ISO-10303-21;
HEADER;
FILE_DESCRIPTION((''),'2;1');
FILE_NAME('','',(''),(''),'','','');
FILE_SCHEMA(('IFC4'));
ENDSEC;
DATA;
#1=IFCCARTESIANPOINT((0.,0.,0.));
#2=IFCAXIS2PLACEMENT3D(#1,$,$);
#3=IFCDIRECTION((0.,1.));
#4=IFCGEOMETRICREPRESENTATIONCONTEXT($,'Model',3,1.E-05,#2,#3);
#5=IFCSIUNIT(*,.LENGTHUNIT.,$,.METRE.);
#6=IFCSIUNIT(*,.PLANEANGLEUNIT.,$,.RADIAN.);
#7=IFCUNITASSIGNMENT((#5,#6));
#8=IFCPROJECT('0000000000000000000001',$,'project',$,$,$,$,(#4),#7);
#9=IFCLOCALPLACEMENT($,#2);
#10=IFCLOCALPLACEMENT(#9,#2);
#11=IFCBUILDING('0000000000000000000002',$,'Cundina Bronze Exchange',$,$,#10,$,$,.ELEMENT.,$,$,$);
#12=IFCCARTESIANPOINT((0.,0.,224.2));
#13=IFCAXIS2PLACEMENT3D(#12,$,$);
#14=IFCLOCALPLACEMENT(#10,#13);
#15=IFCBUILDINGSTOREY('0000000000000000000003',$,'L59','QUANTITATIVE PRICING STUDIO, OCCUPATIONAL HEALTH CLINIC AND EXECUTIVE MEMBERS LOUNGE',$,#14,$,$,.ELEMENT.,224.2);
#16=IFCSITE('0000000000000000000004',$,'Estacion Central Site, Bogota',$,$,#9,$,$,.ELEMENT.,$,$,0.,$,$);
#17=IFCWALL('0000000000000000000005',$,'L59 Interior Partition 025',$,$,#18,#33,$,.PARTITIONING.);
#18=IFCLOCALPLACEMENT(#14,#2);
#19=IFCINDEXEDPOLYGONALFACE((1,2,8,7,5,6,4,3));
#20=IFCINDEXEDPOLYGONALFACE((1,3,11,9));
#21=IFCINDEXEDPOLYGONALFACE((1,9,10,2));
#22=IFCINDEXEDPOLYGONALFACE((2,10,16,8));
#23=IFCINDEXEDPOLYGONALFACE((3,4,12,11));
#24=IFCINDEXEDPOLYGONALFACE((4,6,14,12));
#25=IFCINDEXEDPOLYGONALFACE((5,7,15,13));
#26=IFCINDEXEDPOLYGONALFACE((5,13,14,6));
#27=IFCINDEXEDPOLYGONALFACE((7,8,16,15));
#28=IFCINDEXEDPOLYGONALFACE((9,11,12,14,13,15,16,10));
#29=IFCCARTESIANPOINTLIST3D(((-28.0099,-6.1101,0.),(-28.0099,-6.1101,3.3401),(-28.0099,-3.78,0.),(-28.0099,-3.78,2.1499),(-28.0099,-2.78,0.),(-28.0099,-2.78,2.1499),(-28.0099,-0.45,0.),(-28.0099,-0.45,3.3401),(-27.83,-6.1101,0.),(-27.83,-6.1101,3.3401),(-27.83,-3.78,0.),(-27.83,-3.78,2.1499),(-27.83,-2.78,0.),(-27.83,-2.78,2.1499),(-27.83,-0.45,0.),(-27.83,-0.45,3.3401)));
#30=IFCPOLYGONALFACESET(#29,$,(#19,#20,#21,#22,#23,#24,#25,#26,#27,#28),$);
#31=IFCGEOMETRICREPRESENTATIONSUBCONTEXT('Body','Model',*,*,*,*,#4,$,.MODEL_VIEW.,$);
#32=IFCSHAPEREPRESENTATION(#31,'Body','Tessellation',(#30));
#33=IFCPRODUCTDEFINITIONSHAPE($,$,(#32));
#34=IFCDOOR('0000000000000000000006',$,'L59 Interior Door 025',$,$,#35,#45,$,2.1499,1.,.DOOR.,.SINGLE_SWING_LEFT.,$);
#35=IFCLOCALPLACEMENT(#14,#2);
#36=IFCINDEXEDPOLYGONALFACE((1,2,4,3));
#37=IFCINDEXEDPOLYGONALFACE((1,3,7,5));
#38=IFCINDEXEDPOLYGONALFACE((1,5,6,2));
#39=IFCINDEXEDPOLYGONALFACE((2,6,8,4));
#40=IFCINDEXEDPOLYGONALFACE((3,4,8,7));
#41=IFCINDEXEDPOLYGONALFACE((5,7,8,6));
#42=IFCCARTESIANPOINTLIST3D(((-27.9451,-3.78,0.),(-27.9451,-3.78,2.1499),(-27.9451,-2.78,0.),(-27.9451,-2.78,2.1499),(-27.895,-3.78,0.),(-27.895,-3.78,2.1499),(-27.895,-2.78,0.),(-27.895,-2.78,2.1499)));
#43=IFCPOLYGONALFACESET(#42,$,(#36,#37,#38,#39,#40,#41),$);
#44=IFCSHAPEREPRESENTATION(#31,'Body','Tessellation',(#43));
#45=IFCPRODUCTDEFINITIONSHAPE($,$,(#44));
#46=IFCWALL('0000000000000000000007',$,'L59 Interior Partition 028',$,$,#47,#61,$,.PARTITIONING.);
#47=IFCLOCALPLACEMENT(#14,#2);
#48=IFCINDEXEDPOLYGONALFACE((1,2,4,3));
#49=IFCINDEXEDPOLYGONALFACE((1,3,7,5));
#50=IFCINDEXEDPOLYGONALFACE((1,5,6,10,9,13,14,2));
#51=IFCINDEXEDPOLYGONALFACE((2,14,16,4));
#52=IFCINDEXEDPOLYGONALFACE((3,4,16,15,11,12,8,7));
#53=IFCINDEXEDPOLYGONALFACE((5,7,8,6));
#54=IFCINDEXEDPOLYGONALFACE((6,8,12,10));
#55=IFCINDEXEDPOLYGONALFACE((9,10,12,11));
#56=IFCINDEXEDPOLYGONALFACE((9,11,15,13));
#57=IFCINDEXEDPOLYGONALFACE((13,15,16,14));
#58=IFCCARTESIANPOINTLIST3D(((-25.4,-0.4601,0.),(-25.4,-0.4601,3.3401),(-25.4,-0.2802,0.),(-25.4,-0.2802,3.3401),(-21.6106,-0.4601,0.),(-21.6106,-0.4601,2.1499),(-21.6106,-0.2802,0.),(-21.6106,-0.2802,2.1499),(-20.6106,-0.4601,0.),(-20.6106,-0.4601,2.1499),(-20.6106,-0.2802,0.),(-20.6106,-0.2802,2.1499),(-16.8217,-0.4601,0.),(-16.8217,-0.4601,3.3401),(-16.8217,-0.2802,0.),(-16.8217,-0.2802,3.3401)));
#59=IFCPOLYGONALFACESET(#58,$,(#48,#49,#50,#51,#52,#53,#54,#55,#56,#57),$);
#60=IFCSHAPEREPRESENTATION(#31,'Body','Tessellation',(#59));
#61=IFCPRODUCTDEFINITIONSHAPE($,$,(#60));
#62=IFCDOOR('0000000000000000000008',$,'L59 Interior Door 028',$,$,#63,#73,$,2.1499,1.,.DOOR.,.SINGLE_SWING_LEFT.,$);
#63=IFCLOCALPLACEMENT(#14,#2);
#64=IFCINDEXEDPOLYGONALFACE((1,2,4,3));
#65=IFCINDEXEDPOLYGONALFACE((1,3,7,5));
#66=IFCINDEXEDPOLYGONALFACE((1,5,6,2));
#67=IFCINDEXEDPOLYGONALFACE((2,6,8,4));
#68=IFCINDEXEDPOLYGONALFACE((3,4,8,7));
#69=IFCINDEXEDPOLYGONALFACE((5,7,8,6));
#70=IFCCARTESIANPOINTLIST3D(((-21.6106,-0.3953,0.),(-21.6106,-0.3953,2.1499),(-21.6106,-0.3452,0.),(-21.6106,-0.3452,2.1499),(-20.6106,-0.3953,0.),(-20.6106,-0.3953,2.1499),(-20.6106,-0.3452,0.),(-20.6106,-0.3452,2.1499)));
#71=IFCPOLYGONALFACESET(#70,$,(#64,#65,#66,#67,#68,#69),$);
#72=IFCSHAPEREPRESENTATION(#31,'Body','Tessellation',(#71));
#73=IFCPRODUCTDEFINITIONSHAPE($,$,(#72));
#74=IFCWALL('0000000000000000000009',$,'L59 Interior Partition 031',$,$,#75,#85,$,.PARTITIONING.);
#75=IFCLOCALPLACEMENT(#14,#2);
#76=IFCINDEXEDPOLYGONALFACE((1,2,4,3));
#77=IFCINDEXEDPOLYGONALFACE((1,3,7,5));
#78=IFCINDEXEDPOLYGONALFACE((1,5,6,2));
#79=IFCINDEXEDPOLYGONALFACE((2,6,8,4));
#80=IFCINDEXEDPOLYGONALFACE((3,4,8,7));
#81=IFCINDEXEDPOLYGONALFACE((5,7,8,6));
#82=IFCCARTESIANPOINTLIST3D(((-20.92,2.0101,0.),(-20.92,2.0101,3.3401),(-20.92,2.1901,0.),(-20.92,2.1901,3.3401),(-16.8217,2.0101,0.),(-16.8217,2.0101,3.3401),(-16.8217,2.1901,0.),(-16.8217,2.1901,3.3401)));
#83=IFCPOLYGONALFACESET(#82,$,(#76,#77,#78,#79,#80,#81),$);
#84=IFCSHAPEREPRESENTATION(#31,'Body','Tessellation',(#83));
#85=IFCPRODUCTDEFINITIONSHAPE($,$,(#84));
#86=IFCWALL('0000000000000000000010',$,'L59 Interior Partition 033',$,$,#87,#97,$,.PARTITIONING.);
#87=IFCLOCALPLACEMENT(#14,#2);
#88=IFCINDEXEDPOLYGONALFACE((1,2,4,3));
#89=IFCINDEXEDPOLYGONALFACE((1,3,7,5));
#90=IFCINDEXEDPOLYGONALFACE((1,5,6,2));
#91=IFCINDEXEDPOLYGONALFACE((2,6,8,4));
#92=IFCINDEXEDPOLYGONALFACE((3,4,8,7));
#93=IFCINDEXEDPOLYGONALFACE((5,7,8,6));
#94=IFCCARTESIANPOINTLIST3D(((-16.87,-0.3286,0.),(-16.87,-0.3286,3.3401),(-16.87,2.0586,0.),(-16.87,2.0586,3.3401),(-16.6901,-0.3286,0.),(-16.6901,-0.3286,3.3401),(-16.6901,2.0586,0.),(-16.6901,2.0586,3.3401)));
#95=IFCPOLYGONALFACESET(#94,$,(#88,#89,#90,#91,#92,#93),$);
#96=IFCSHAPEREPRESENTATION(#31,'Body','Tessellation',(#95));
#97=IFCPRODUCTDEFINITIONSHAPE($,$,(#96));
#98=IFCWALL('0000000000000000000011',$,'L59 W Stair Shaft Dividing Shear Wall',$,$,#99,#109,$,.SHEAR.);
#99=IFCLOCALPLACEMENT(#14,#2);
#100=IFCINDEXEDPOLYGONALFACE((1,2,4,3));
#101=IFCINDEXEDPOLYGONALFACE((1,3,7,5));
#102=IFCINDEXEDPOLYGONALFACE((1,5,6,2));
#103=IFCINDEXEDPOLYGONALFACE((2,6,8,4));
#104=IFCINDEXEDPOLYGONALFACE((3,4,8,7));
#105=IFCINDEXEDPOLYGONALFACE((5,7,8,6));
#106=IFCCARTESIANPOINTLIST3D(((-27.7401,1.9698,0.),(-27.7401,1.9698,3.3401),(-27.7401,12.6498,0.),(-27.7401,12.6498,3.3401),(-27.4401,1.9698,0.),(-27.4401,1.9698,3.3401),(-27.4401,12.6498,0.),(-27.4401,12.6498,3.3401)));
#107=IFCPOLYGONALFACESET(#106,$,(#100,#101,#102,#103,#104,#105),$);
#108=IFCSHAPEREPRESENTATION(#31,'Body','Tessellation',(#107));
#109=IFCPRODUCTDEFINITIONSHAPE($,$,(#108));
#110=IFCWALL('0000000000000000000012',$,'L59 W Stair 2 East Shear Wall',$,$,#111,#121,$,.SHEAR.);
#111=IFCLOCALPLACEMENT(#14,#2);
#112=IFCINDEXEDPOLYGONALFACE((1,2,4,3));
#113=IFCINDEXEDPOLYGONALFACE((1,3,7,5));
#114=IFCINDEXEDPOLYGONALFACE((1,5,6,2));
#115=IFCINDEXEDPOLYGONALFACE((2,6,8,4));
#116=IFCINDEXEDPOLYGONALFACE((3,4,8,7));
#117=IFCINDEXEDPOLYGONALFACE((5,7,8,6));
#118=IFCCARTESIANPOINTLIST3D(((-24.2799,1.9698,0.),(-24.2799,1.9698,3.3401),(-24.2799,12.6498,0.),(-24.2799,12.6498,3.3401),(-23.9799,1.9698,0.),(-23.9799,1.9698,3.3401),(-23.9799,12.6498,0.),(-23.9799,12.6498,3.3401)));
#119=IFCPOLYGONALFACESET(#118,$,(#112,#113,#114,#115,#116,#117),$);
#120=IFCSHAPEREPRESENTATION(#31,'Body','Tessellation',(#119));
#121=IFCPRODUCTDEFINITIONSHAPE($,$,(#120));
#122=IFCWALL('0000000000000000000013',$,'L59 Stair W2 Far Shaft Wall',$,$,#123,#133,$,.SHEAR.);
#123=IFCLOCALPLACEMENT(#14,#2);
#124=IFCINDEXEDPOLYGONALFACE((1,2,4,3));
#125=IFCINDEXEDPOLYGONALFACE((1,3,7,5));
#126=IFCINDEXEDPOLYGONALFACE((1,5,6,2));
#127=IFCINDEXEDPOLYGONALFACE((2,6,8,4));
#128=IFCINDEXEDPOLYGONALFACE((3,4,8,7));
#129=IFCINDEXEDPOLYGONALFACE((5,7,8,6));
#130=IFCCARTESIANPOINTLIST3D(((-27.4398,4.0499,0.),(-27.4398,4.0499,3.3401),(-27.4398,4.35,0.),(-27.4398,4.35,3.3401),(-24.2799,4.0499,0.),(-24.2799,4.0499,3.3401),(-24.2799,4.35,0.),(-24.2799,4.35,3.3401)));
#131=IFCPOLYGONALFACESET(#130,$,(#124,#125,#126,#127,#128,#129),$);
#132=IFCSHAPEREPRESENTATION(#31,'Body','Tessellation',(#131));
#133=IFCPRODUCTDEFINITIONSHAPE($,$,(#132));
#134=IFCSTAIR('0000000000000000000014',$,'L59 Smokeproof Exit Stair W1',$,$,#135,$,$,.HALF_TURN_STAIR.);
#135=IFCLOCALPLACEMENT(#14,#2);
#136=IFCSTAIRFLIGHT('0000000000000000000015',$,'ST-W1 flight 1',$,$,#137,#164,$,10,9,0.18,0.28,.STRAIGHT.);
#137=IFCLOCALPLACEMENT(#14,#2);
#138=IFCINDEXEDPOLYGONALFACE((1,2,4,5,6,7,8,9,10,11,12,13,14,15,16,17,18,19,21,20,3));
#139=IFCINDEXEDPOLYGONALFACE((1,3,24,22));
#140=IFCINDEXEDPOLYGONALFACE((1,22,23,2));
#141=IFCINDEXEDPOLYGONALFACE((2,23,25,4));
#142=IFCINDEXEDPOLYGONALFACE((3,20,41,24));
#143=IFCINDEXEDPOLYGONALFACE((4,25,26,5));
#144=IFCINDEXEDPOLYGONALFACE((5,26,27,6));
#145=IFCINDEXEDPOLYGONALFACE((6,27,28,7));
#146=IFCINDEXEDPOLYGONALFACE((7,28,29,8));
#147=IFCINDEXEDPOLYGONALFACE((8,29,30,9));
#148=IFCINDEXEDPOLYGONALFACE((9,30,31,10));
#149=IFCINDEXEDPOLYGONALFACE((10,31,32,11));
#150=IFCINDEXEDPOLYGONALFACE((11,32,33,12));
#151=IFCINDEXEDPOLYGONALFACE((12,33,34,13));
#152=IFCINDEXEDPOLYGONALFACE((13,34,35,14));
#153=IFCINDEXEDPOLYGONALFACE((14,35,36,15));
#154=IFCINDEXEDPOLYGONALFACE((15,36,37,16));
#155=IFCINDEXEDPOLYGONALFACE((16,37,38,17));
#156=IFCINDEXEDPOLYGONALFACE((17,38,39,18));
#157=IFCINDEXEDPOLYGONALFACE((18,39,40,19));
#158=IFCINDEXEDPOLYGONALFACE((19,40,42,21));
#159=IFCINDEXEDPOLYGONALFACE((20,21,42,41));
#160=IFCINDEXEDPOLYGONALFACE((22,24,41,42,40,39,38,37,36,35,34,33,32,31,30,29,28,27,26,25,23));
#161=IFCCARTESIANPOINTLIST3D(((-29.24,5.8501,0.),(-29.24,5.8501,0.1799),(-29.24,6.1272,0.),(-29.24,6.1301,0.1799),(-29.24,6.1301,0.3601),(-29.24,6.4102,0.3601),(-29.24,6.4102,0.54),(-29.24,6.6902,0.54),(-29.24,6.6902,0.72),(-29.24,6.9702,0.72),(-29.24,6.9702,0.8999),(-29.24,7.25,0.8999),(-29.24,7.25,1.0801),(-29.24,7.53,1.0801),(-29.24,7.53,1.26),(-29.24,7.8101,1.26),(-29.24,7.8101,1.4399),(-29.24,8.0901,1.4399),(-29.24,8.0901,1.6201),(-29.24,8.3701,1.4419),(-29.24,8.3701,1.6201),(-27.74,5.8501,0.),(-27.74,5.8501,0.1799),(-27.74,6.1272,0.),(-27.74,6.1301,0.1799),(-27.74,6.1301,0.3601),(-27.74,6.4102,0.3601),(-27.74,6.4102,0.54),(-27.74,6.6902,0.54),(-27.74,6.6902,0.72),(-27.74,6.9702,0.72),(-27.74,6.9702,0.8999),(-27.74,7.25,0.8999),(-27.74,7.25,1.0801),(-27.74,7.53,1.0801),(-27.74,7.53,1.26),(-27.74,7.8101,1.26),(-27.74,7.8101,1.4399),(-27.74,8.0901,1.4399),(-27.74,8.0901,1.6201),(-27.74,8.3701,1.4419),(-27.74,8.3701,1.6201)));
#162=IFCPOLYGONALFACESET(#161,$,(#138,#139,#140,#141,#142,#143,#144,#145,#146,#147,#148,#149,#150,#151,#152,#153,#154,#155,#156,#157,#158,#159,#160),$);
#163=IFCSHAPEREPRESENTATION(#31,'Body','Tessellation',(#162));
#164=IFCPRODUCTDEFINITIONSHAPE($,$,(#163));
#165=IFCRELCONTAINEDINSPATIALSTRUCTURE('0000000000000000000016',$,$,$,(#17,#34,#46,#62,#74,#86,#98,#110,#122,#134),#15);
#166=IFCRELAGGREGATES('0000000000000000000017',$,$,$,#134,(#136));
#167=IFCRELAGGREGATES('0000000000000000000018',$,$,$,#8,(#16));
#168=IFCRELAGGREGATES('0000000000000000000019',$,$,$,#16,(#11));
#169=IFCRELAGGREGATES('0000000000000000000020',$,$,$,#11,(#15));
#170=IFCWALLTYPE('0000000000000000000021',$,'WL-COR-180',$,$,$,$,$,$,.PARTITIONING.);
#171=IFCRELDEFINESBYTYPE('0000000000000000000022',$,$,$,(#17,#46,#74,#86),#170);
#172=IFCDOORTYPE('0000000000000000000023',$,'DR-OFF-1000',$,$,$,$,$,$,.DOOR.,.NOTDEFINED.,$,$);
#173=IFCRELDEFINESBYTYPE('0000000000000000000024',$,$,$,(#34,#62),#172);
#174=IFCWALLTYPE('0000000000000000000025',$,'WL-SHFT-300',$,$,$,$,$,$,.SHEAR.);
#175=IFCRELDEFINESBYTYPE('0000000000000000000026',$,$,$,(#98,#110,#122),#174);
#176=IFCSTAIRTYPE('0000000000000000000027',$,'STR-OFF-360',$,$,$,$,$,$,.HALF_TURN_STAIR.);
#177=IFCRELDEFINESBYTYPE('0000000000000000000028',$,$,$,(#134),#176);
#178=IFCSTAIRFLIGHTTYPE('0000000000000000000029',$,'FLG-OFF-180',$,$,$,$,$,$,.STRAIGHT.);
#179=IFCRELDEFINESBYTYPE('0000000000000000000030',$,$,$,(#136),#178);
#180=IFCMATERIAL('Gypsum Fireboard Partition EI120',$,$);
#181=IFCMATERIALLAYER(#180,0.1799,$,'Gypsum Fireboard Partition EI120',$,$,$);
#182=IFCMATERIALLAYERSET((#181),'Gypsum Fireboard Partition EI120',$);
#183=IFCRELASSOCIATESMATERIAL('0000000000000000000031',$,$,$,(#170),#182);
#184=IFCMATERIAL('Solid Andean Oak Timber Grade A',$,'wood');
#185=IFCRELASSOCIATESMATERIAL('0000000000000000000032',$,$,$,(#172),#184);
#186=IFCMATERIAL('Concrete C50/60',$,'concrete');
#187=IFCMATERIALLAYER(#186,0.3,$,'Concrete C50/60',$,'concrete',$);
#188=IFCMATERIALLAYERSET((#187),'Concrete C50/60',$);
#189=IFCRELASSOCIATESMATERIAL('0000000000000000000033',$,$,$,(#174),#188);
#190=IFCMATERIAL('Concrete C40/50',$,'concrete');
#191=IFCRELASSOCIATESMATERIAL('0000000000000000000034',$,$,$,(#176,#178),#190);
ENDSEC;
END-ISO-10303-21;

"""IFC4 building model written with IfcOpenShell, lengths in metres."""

from ifc_helpers import new_model, si_unit, direction, frame, frame_2d, origin, place, context, subcontext, project, spatial, polyline, rectangle, outline, extrude, material, layer, layer_set, type_object, element, fill, aggregate, save


model = new_model("IFC4")

# Units and contexts
model_context = context("Model", 3, precision=1e-05, world=origin(), true_north=direction((0.0, 1.0)))
body_context = subcontext(model_context, "Body", "Model", "MODEL_VIEW")
ifc_project = project(units=[si_unit("LENGTHUNIT", "METRE"), si_unit("PLANEANGLEUNIT", "RADIAN")], contexts=[model_context])

# Site, building, storey
site_placement = place(None, origin())
site = spatial("IfcSite", under=ifc_project, at=site_placement, Name="Estacion Central Site, Bogota", CompositionType="ELEMENT", RefElevation=0.0)
building_placement = place(site_placement, origin())
building = spatial("IfcBuilding", under=site, at=building_placement, Name="Cundina Bronze Exchange", CompositionType="ELEMENT")
storey_placement = place(building_placement, frame((0.0, 0.0, 224.2)))
storey = spatial("IfcBuildingStorey", under=building, at=storey_placement, Name="L59", Description="QUANTITATIVE PRICING STUDIO, OCCUPATIONAL HEALTH CLINIC AND EXECUTIVE MEMBERS LOUNGE", CompositionType="ELEMENT", Elevation=224.2)

# Shared definitions
ifc_material_1 = material(Name="Concrete C50/60", Category="concrete")

# Shared definitions
ifc_material_2 = material(Name="Gypsum Fireboard Partition EI120")
ifc_layer_1 = layer(ifc_material_2, 0.1799, Name="Gypsum Fireboard Partition EI120")
ifc_layer_set_1 = layer_set([ifc_layer_1], Name="Gypsum Fireboard Partition EI120")
wall_type_1 = type_object("IfcWallType", Name="WL-COR-180", PredefinedType="PARTITIONING", material=ifc_layer_set_1)

# Walls, openings, doors
wall_1_placement = place(storey_placement, frame((-27.9199, -0.45, 0.0), z_axis=(0.0, 0.0, 1.0), x_axis=(0.0, -1.0, 0.0)))
wall_1 = element("IfcWall", 1, at=wall_1_placement, inside=storey, type_object=wall_type_1, Name="L59 Interior Partition 025", PredefinedType="PARTITIONING", context=body_context, shape_type="SweptSolid", body=[
    extrude(rectangle(XDim=5.6602, YDim=0.1799, at=frame_2d((2.8301, 0.0))), origin(), (0.0, 0.0, 1.0), 3.3401),
])
opening_1_placement = place(wall_1_placement, frame((2.3301, 0.0, 0.0)))
opening_1 = element("IfcOpeningElement", 2, at=opening_1_placement, cuts=wall_1, PredefinedType="OPENING", context=body_context, shape_type="SweptSolid", body=[
    extrude(rectangle(XDim=1.0, YDim=2.1499, at=frame_2d((0.5, 1.075))), frame((0.0, 0.0999, 0.0), z_axis=(0.0, -1.0, 0.0), x_axis=(1.0, 0.0, 0.0)), (0.0, 0.0, 1.0), 0.2),
])
ifc_material_3 = material(Name="Solid Andean Oak Timber Grade A", Category="wood")
door_type_1 = type_object("IfcDoorType", Name="DR-OFF-1000", OperationType="NOTDEFINED", PredefinedType="DOOR", material=ifc_material_3)
door_1_placement = place(opening_1_placement, origin())
door_1 = element("IfcDoor", 3, at=door_1_placement, inside=storey, type_object=door_type_1, Name="L59 Interior Door 025", OperationType="SINGLE_SWING_LEFT", OverallHeight=2.1499, OverallWidth=1.0, PredefinedType="DOOR", context=body_context, shape_type="SweptSolid", body=[
    extrude(rectangle(XDim=1.0, YDim=2.1499, at=frame_2d((0.5, 1.075))), frame((0.0, 0.0249, 0.0), z_axis=(0.0, -1.0, 0.0), x_axis=(1.0, 0.0, 0.0)), (0.0, 0.0, 1.0), 0.05),
])
fill(opening_1, door_1)
wall_2_placement = place(storey_placement, frame((-25.3999, -0.3701, 0.0), z_axis=(0.0, 0.0, 1.0), x_axis=(1.0, 0.0, 0.0)))
wall_2 = element("IfcWall", 4, at=wall_2_placement, inside=storey, type_object=wall_type_1, Name="L59 Interior Partition 028", PredefinedType="PARTITIONING", context=body_context, shape_type="SweptSolid", body=[
    extrude(rectangle(XDim=8.5784, YDim=0.1799, at=frame_2d((4.2891, 0.0))), origin(), (0.0, 0.0, 1.0), 3.3401),
])
opening_2_placement = place(wall_2_placement, frame((3.7893, 0.0, 0.0)))
opening_2 = element("IfcOpeningElement", 5, at=opening_2_placement, cuts=wall_2, PredefinedType="OPENING", context=body_context, shape_type="SweptSolid", body=[
    extrude(rectangle(XDim=1.0, YDim=2.1499, at=frame_2d((0.5, 1.075))), frame((0.0, 0.0999, 0.0), z_axis=(0.0, -1.0, 0.0), x_axis=(1.0, 0.0, 0.0)), (0.0, 0.0, 1.0), 0.2),
])
door_2_placement = place(opening_2_placement, origin())
door_2 = element("IfcDoor", 6, at=door_2_placement, inside=storey, type_object=door_type_1, Name="L59 Interior Door 028", OperationType="SINGLE_SWING_LEFT", OverallHeight=2.1499, OverallWidth=1.0, PredefinedType="DOOR", context=body_context, shape_type="SweptSolid", body=[
    extrude(rectangle(XDim=1.0, YDim=2.1499, at=frame_2d((0.5, 1.075))), frame((0.0, 0.0249, 0.0), z_axis=(0.0, -1.0, 0.0), x_axis=(1.0, 0.0, 0.0)), (0.0, 0.0, 1.0), 0.05),
])
fill(opening_2, door_2)

# Walls
wall_3_placement = place(storey_placement, frame((-16.8215, 2.1001, 0.0), z_axis=(0.0, 0.0, 1.0), x_axis=(-1.0, 0.0, 0.0)))
element("IfcWall", 7, at=wall_3_placement, inside=storey, type_object=wall_type_1, Name="L59 Interior Partition 031", PredefinedType="PARTITIONING", context=body_context, shape_type="SweptSolid", body=[
    extrude(rectangle(XDim=4.0984, YDim=0.1799, at=frame_2d((2.0493, 0.0))), origin(), (0.0, 0.0, 1.0), 3.3401),
])
wall_4_placement = place(storey_placement, frame((-16.78, -0.3286, 0.0), z_axis=(0.0, 0.0, 1.0), x_axis=(0.0, 1.0, 0.0)))
element("IfcWall", 8, at=wall_4_placement, inside=storey, type_object=wall_type_1, Name="L59 Interior Partition 033", PredefinedType="PARTITIONING", context=body_context, shape_type="SweptSolid", body=[
    extrude(rectangle(XDim=2.3872, YDim=0.1799, at=frame_2d((1.1936, 0.0))), origin(), (0.0, 0.0, 1.0), 3.3401),
])
ifc_layer_2 = layer(ifc_material_1, 0.3, Name="Concrete C50/60", Category="concrete")
ifc_layer_set_2 = layer_set([ifc_layer_2], Name="Concrete C50/60")
wall_type_2 = type_object("IfcWallType", Name="WL-SHFT-300", PredefinedType="SHEAR", material=ifc_layer_set_2)
for number, where, z_axis, x_axis, name in (
    (9, (-27.5901, 1.97, 0.0), (0.0, 0.0, 1.0), (0.0, 1.0, 0.0), "L59 W Stair Shaft Dividing Shear Wall"),
    (10, (-24.1299, 1.97, 0.0), (0.0, 0.0, 1.0), (0.0, 1.0, 0.0), "L59 W Stair 2 East Shear Wall"),
):
    element("IfcWall", number, at=place(storey_placement, frame(where, z_axis=z_axis, x_axis=x_axis)), inside=storey, type_object=wall_type_2, Name=name, PredefinedType="SHEAR", context=body_context, shape_type="SweptSolid", body=[
        extrude(rectangle(XDim=10.6799, YDim=0.3, at=frame_2d((5.3398, 0.0))), origin(), (0.0, 0.0, 1.0), 3.3401),
    ])
wall_5_placement = place(storey_placement, frame((-27.4399, 4.2, 0.0), z_axis=(0.0, 0.0, 1.0), x_axis=(1.0, 0.0, 0.0)))
element("IfcWall", 11, at=wall_5_placement, inside=storey, type_object=wall_type_2, Name="L59 Stair W2 Far Shaft Wall", PredefinedType="SHEAR", context=body_context, shape_type="SweptSolid", body=[
    extrude(rectangle(XDim=3.1599, YDim=0.3, at=frame_2d((1.5801, 0.0))), origin(), (0.0, 0.0, 1.0), 3.3401),
])

# Stair, stair flight
ifc_material_4 = material(Name="Concrete C40/50", Category="concrete")
stair_type = type_object("IfcStairType", Name="STR-OFF-360", PredefinedType="HALF_TURN_STAIR", material=ifc_material_4)
stair_placement = place(storey_placement, origin())
stair = element("IfcStair", 12, at=stair_placement, inside=storey, type_object=stair_type, Name="L59 Smokeproof Exit Stair W1", PredefinedType="HALF_TURN_STAIR")
stair_flight_type = type_object("IfcStairFlightType", Name="FLG-OFF-180", PredefinedType="STRAIGHT", material=ifc_material_4)
stair_flight_placement = place(storey_placement, frame((-28.49, 5.8501, 0.0), z_axis=(0.0, 0.0, 1.0), x_axis=(0.0, 1.0, 0.0)))
stair_flight = element("IfcStairFlight", 13, at=stair_flight_placement, type_object=stair_flight_type, Name="ST-W1 flight 1", NumberOfRisers=10, NumberOfTreads=9, PredefinedType="STRAIGHT", RiserHeight=0.18, TreadLength=0.28, context=body_context, shape_type="SweptSolid", body=[
    extrude(outline(polyline([(0.0, 0.0), (0.0, 0.1799), (0.28, 0.1799), (0.28, 0.3601), (0.5601, 0.3601), (0.5601, 0.54), (0.8401, 0.54), (0.8401, 0.72), (1.1201, 0.72), (1.1201, 0.8999), (1.3999, 0.8999), (1.3999, 1.0801), (1.6799, 1.0801), (1.6799, 1.26), (1.96, 1.26), (1.96, 1.4399), (2.24, 1.4399), (2.24, 1.6201), (2.52, 1.6201), (2.52, 1.8), (2.52, 1.4419), (0.2771, 0.0), (0.0, 0.0)])), frame((0.0, 0.75, 0.0), z_axis=(0.0, -1.0, 0.0), x_axis=(1.0, 0.0, 0.0)), (0.0, 0.0, 1.0), 1.5),
])
aggregate(stair, [stair_flight])

save(model, "model.ifc")
